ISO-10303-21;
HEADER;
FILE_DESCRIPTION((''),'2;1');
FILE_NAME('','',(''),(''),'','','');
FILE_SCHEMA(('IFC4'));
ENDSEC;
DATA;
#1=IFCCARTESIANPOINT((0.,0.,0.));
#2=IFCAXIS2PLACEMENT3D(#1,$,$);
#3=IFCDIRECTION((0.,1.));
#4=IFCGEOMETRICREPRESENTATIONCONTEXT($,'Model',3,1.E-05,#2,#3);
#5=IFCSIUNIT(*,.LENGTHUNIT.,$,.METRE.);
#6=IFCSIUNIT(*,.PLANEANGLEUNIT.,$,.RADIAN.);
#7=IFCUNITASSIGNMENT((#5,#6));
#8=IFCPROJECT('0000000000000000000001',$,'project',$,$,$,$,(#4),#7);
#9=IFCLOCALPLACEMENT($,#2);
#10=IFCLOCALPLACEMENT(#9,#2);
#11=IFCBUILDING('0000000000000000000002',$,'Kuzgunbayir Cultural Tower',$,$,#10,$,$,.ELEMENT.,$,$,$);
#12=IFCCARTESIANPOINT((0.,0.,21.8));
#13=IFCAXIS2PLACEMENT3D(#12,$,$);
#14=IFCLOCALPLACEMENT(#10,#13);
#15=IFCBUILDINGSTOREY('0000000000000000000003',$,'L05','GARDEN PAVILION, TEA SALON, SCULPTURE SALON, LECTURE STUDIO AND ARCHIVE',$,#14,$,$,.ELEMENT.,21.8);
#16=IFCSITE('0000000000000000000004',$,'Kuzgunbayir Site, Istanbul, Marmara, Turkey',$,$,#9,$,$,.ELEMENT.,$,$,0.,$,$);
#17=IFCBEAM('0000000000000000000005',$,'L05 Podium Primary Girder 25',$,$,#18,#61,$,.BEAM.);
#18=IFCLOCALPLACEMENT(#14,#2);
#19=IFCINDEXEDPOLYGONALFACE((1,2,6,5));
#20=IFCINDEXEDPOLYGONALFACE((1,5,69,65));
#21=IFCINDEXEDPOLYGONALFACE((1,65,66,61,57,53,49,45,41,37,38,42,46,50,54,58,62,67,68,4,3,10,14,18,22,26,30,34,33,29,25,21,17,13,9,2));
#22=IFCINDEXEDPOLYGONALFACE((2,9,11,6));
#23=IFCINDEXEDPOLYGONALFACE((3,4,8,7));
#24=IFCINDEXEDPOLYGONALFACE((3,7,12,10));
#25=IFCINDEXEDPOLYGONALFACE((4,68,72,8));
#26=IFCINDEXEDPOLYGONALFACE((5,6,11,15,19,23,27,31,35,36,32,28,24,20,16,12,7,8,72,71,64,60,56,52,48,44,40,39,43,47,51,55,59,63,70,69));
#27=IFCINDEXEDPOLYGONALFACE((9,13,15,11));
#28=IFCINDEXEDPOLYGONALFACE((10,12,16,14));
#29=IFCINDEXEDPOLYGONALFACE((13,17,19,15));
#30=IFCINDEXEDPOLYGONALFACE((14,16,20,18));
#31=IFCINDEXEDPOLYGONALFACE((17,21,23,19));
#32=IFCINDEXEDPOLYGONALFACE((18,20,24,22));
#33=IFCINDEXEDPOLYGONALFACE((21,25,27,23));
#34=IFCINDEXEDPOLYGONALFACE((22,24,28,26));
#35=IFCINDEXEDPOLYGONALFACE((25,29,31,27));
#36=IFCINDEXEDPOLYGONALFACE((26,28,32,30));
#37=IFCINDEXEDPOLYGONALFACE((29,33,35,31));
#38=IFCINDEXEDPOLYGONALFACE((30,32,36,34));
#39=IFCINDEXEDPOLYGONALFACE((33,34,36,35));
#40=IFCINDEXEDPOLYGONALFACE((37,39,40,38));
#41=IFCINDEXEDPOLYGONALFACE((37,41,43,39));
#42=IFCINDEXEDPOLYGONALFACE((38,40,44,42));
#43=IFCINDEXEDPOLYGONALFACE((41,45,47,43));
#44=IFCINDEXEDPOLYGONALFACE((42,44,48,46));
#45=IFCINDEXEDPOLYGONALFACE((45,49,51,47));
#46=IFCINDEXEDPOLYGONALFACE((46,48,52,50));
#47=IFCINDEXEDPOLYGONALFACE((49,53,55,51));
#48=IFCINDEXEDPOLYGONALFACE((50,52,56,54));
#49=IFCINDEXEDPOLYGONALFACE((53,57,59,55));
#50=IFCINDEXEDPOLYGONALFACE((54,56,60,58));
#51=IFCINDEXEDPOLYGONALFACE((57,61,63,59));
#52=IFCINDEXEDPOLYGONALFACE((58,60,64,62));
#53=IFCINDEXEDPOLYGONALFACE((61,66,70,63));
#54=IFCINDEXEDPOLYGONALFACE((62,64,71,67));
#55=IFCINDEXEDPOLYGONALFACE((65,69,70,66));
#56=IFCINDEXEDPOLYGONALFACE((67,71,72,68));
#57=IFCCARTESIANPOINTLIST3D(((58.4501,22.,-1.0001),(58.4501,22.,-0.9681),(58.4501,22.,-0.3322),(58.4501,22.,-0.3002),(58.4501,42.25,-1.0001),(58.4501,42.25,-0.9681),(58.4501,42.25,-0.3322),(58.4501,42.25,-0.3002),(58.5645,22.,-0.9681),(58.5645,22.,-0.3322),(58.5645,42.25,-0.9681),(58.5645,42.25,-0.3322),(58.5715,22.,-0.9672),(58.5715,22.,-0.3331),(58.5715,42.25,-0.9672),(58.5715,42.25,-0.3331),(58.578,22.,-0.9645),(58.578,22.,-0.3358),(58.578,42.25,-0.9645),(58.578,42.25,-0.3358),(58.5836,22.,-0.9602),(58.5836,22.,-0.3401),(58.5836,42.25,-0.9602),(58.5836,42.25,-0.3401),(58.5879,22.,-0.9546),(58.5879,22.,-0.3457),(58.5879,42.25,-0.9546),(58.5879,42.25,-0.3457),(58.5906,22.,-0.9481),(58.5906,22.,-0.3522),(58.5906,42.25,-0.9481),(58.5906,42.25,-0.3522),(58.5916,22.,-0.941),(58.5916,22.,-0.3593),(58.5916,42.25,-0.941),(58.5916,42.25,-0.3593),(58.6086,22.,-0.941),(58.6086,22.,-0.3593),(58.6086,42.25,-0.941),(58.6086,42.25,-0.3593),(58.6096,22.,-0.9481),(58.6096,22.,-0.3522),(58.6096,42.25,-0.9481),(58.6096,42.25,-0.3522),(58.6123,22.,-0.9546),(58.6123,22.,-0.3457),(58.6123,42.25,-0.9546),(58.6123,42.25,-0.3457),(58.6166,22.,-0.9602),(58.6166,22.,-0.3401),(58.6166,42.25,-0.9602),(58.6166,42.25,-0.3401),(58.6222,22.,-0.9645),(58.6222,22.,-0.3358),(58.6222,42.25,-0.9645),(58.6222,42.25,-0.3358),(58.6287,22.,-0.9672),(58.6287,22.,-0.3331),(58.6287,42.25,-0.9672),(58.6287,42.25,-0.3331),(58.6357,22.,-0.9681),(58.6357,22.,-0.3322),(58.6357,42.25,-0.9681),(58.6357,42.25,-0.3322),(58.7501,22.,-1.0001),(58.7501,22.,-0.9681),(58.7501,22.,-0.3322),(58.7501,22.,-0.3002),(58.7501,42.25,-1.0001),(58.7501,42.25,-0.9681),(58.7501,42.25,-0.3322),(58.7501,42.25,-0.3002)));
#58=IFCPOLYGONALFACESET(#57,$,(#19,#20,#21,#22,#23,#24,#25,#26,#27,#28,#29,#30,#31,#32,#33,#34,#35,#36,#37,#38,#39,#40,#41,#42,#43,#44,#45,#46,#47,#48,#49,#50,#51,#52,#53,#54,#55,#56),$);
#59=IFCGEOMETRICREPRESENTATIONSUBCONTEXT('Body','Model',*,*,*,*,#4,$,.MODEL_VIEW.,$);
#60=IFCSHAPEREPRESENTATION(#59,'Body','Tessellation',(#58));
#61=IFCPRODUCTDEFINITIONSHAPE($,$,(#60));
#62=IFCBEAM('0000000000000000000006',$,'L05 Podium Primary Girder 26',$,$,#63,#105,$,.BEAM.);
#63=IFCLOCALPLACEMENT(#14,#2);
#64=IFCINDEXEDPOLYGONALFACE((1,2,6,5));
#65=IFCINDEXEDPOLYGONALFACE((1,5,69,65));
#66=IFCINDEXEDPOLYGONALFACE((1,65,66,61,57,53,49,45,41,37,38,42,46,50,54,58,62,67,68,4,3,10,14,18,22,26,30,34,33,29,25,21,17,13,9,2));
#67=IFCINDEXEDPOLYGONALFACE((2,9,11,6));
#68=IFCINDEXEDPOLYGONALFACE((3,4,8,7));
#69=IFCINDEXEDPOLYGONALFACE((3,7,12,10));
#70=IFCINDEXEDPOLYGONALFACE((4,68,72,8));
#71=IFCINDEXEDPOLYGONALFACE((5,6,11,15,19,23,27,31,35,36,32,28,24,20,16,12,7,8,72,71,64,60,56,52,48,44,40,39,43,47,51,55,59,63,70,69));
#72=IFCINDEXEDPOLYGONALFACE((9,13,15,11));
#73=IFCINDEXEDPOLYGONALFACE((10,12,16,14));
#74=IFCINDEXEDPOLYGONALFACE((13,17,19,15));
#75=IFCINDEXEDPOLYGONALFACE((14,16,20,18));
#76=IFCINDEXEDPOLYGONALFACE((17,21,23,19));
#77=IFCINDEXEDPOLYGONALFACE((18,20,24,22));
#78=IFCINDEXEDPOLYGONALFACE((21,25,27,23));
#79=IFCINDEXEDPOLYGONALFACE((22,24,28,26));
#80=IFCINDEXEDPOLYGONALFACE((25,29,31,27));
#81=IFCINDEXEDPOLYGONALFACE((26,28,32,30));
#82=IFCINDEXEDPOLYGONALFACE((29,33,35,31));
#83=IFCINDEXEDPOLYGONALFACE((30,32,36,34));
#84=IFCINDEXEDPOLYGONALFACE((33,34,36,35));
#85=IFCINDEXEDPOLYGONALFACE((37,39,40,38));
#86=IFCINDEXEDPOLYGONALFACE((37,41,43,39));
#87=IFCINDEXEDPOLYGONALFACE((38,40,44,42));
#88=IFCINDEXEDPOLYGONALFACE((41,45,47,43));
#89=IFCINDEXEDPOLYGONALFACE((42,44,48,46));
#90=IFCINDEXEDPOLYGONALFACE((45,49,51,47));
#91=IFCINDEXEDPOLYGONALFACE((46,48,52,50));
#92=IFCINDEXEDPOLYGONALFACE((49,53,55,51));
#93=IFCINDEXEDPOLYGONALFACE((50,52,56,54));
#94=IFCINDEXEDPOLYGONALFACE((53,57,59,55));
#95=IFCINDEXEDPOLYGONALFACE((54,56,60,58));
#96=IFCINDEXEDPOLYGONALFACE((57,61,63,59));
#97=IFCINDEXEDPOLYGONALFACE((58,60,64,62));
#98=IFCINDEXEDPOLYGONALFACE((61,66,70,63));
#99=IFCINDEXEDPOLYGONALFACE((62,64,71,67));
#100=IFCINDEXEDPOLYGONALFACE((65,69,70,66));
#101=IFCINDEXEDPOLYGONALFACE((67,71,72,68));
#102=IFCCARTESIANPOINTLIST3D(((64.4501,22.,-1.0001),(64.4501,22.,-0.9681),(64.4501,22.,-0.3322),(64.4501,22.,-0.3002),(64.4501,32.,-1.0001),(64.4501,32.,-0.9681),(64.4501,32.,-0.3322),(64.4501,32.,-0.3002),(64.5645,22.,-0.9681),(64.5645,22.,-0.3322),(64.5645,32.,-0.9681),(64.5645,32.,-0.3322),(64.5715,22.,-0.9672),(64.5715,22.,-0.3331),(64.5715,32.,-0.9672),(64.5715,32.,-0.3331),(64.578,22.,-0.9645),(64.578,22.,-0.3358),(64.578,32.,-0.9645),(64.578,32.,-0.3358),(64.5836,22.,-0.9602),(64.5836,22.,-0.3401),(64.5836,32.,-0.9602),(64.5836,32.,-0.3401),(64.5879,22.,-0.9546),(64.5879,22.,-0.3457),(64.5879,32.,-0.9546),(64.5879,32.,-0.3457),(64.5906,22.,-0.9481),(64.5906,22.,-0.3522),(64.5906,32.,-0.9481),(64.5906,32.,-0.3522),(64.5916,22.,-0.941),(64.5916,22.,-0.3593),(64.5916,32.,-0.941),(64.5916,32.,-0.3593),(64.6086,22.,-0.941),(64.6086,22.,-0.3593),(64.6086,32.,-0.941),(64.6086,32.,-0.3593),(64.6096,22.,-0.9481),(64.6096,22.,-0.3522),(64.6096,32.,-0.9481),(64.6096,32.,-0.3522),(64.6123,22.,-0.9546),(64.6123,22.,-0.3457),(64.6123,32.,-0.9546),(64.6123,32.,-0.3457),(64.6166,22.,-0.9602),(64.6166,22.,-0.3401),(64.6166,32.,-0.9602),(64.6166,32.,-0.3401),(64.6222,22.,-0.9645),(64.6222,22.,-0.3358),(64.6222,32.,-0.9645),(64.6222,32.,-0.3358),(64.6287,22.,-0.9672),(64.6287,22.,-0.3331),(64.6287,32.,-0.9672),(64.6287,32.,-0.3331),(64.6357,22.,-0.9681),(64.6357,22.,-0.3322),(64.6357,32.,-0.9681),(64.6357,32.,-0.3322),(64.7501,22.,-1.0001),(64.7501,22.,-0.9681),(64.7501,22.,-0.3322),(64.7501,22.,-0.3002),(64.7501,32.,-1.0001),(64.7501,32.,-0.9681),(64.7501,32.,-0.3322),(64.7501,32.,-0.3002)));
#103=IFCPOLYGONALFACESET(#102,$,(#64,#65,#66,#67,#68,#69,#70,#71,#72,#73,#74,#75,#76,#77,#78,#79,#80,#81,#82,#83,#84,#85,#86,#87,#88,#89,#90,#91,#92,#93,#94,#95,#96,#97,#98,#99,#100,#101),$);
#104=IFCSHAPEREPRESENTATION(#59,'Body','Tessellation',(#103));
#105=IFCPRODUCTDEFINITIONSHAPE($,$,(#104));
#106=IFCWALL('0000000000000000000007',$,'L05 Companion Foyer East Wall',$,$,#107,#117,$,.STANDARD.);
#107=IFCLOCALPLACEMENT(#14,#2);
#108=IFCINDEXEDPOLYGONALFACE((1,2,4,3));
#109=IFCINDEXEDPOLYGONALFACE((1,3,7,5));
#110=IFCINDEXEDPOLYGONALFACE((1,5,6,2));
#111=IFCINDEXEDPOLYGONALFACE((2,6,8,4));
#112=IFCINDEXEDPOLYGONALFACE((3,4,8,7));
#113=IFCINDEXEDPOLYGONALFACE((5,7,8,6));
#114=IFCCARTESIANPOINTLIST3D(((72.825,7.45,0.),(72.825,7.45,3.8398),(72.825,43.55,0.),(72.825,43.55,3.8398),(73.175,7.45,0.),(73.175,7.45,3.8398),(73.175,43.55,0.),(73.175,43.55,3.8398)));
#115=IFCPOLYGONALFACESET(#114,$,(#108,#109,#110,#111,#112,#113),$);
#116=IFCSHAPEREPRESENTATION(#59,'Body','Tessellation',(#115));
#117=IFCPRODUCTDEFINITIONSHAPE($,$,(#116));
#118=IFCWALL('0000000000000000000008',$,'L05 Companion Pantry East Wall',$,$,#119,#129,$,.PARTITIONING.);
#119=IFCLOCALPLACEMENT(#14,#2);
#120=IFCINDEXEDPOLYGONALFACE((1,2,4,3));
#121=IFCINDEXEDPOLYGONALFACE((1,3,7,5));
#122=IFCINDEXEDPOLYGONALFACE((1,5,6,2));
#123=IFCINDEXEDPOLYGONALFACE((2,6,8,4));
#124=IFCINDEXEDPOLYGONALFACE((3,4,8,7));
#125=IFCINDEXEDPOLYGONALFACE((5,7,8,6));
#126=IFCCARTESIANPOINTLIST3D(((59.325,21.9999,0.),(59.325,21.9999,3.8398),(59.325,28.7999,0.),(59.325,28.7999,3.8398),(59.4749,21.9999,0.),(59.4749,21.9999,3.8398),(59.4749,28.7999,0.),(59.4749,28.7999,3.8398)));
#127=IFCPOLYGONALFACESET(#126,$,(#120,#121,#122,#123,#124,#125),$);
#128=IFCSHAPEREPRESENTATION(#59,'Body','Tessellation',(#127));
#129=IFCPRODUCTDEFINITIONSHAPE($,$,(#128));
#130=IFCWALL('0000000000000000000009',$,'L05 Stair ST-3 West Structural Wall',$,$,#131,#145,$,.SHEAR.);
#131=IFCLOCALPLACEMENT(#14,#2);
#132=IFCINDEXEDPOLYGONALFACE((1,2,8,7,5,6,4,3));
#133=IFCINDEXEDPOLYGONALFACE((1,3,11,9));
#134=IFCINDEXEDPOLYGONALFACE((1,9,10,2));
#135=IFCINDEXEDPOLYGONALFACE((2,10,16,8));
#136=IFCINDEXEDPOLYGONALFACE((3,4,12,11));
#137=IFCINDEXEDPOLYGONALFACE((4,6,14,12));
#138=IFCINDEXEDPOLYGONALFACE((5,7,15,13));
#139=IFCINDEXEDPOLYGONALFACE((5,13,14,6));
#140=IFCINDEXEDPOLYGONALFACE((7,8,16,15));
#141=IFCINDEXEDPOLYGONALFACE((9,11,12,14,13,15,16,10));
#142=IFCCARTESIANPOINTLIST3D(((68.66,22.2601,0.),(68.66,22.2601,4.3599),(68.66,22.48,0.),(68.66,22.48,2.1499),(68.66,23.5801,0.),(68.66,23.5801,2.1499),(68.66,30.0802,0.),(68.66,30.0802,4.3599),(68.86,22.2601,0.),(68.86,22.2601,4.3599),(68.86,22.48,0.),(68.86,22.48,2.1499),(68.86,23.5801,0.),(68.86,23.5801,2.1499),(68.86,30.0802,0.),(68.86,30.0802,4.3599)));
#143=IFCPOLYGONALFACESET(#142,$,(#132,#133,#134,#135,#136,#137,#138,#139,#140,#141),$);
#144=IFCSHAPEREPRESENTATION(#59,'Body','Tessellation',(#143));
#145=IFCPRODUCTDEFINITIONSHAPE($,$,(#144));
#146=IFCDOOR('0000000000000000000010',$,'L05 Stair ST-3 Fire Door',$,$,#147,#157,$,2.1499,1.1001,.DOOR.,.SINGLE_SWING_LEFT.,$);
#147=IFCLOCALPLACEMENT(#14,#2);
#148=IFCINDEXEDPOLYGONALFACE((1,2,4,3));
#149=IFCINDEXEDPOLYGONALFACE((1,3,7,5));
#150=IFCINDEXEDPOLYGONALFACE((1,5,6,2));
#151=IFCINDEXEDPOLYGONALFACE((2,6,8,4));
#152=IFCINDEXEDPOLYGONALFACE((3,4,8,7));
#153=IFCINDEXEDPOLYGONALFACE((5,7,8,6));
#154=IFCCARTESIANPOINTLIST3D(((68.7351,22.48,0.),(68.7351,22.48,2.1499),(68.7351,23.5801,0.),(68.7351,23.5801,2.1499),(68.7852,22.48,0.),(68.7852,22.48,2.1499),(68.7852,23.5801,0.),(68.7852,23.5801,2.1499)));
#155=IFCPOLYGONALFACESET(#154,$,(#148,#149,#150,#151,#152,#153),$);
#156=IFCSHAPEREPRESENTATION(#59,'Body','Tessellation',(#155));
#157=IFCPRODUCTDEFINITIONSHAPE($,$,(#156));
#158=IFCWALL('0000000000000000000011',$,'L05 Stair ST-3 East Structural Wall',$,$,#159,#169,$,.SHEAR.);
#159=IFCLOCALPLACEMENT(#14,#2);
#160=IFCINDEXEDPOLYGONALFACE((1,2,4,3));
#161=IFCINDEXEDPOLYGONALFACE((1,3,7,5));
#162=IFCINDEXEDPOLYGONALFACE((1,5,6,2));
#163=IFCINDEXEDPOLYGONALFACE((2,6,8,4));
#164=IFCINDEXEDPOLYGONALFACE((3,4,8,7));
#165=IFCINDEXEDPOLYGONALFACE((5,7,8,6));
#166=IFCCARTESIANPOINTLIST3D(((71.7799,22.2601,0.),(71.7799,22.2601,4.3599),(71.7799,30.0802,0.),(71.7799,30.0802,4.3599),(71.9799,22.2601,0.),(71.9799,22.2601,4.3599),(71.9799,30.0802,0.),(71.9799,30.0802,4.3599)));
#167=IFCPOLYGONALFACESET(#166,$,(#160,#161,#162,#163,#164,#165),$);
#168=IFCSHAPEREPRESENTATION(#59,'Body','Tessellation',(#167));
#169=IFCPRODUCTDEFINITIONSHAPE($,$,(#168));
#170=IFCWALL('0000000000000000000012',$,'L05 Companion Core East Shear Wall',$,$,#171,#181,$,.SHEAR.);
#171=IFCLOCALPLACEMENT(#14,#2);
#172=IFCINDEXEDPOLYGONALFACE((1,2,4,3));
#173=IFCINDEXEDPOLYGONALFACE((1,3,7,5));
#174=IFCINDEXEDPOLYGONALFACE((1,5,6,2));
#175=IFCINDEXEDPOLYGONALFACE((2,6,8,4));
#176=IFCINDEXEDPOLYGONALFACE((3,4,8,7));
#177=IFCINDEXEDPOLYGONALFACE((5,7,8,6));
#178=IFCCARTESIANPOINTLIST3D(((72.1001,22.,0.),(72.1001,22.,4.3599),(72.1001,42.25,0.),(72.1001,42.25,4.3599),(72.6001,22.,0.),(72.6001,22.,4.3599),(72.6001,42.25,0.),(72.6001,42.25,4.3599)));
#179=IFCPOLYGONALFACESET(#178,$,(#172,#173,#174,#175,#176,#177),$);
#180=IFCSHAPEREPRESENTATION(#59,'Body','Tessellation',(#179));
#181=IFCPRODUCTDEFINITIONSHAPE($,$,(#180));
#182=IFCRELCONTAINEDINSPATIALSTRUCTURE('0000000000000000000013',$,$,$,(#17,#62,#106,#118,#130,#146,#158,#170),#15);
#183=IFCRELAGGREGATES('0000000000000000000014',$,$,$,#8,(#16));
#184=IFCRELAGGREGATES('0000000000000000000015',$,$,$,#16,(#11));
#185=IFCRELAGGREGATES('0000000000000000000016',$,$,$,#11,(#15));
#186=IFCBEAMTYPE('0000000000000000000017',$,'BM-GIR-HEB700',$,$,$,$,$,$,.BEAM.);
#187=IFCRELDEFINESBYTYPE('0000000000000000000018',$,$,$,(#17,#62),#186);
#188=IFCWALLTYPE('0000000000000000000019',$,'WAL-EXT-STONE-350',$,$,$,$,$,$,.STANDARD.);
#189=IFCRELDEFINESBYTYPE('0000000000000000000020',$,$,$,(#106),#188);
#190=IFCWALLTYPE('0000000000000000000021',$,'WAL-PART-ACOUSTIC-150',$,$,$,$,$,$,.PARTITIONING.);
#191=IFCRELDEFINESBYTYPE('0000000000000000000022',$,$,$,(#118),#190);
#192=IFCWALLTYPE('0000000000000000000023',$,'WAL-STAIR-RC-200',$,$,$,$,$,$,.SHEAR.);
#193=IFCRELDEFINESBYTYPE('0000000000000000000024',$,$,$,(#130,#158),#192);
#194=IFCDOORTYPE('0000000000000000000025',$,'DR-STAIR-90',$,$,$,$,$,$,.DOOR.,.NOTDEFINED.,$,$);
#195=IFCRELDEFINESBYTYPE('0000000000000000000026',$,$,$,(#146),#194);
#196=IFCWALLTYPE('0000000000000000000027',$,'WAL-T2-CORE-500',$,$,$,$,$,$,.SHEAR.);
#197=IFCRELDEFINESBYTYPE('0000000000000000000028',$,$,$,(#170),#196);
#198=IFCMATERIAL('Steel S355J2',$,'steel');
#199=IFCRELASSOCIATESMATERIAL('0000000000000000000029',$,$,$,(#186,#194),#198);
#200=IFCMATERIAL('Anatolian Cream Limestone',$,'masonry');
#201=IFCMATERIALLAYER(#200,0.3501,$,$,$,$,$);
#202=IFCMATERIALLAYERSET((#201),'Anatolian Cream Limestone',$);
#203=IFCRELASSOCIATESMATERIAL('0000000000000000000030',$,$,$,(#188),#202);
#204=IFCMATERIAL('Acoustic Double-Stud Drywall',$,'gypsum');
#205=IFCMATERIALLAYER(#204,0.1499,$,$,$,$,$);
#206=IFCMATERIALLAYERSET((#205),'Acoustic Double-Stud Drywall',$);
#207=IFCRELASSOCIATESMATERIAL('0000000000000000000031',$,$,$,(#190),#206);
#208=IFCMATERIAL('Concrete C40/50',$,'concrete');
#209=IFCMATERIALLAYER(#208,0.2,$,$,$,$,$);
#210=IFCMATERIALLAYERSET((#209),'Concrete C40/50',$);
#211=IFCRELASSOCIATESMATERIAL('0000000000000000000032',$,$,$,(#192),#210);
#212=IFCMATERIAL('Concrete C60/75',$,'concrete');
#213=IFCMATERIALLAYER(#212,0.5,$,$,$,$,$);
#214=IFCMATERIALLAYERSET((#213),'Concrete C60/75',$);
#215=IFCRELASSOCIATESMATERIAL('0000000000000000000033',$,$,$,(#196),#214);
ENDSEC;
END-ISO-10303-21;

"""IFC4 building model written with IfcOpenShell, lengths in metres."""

from ifc_helpers import new_model, si_unit, direction, frame, frame_2d, origin, origin_2d, place, context, subcontext, project, spatial, rectangle, i_section, extrude, material, layer, layer_set, material_profile, profile_set, type_object, element, fill, save


model = new_model("IFC4")

# Units and contexts
model_context = context("Model", 3, precision=1e-05, world=origin(), true_north=direction((0.0, 1.0)))
body_context = subcontext(model_context, "Body", "Model", "MODEL_VIEW")
ifc_project = project(units=[si_unit("LENGTHUNIT", "METRE"), si_unit("PLANEANGLEUNIT", "RADIAN")], contexts=[model_context])

# Site, building, storey
site_placement = place(None, origin())
site = spatial("IfcSite", under=ifc_project, at=site_placement, Name="Kuzgunbayir Site, Istanbul, Marmara, Turkey", CompositionType="ELEMENT", RefElevation=0.0)
building_placement = place(site_placement, origin())
building = spatial("IfcBuilding", under=site, at=building_placement, Name="Kuzgunbayir Cultural Tower", CompositionType="ELEMENT")
storey_placement = place(building_placement, frame((0.0, 0.0, 21.8)))
storey = spatial("IfcBuildingStorey", under=building, at=storey_placement, Name="L05", Description="GARDEN PAVILION, TEA SALON, SCULPTURE SALON, LECTURE STUDIO AND ARCHIVE", CompositionType="ELEMENT", Elevation=21.8)

# Shared definitions
ifc_material_1 = material(Name="Concrete C60/75", Category="concrete")

# Beams
ifc_material_2 = material(Name="Steel S355J2", Category="steel")
ifc_material_profile_1 = material_profile(ifc_material_2, i_section(OverallWidth=0.3, OverallDepth=0.7, WebThickness=0.0171, FlangeThickness=0.032, FilletRadius=0.0271, at=origin_2d()), Name="HEB 700")
ifc_profile_set_1 = profile_set([ifc_material_profile_1], Name="Steel S355J2")
beam_type = type_object("IfcBeamType", Name="BM-GIR-HEB700", PredefinedType="BEAM", material=ifc_profile_set_1)
beam_1_placement = place(storey_placement, frame((58.6001, 22.0, -0.6501), z_axis=(0.0, 1.0, 0.0), x_axis=(-1.0, 0.0, 0.0)))
element("IfcBeam", 1, at=beam_1_placement, inside=storey, type_object=beam_type, Name="L05 Podium Primary Girder 25", PredefinedType="BEAM", context=body_context, shape_type="SweptSolid", body=[
    extrude(i_section(OverallWidth=0.3, OverallDepth=0.7, WebThickness=0.0171, FlangeThickness=0.032, FilletRadius=0.0271, at=origin_2d()), origin(), (0.0, 0.0, 1.0), 20.25),
])
beam_2_placement = place(storey_placement, frame((64.6001, 22.0, -0.6501), z_axis=(0.0, 1.0, 0.0), x_axis=(-1.0, 0.0, 0.0)))
element("IfcBeam", 2, at=beam_2_placement, inside=storey, type_object=beam_type, Name="L05 Podium Primary Girder 26", PredefinedType="BEAM", context=body_context, shape_type="SweptSolid", body=[
    extrude(i_section(OverallWidth=0.3, OverallDepth=0.7, WebThickness=0.0171, FlangeThickness=0.032, FilletRadius=0.0271, at=origin_2d()), origin(), (0.0, 0.0, 1.0), 10.0),
])

# Walls
ifc_material_3 = material(Name="Anatolian Cream Limestone", Category="masonry")
ifc_layer_1 = layer(ifc_material_3, 0.3501)
ifc_layer_set_1 = layer_set([ifc_layer_1], Name="Anatolian Cream Limestone")
wall_type_1 = type_object("IfcWallType", Name="WAL-EXT-STONE-350", PredefinedType="STANDARD", material=ifc_layer_set_1)
wall_1_placement = place(storey_placement, frame((73.0, 7.45, 0.0), z_axis=(0.0, 0.0, 1.0), x_axis=(0.0, 1.0, 0.0)))
element("IfcWall", 3, at=wall_1_placement, inside=storey, type_object=wall_type_1, Name="L05 Companion Foyer East Wall", PredefinedType="STANDARD", context=body_context, shape_type="SweptSolid", body=[
    extrude(rectangle(XDim=36.1001, YDim=0.3501, at=frame_2d((18.05, 0.0))), origin(), (0.0, 0.0, 1.0), 3.8398),
])
ifc_material_4 = material(Name="Acoustic Double-Stud Drywall", Category="gypsum")
ifc_layer_2 = layer(ifc_material_4, 0.1499)
ifc_layer_set_2 = layer_set([ifc_layer_2], Name="Acoustic Double-Stud Drywall")
wall_type_2 = type_object("IfcWallType", Name="WAL-PART-ACOUSTIC-150", PredefinedType="PARTITIONING", material=ifc_layer_set_2)
wall_2_placement = place(storey_placement, frame((59.3999, 22.0, 0.0), z_axis=(0.0, 0.0, 1.0), x_axis=(0.0, 1.0, 0.0)))
element("IfcWall", 4, at=wall_2_placement, inside=storey, type_object=wall_type_2, Name="L05 Companion Pantry East Wall", PredefinedType="PARTITIONING", context=body_context, shape_type="SweptSolid", body=[
    extrude(rectangle(XDim=6.8, YDim=0.1499, at=frame_2d((3.3999, 0.0))), origin(), (0.0, 0.0, 1.0), 3.8398),
])

# Wall, opening, door
ifc_material_5 = material(Name="Concrete C40/50", Category="concrete")
ifc_layer_3 = layer(ifc_material_5, 0.2)
ifc_layer_set_3 = layer_set([ifc_layer_3], Name="Concrete C40/50")
wall_type_3 = type_object("IfcWallType", Name="WAL-STAIR-RC-200", PredefinedType="SHEAR", material=ifc_layer_set_3)
wall_3_placement = place(storey_placement, frame((68.76, 22.26, 0.0), z_axis=(0.0, 0.0, 1.0), x_axis=(0.0, 1.0, 0.0)))
wall_3 = element("IfcWall", 5, at=wall_3_placement, inside=storey, type_object=wall_type_3, Name="L05 Stair ST-3 West Structural Wall", PredefinedType="SHEAR", context=body_context, shape_type="SweptSolid", body=[
    extrude(rectangle(XDim=7.8201, YDim=0.2, at=frame_2d((3.9102, 0.0))), origin(), (0.0, 0.0, 1.0), 4.3599),
])
opening_placement = place(wall_3_placement, frame((0.22, 0.0, 0.0)))
opening = element("IfcOpeningElement", 6, at=opening_placement, cuts=wall_3, PredefinedType="OPENING", context=body_context, shape_type="SweptSolid", body=[
    extrude(rectangle(XDim=1.1001, YDim=2.1499, at=frame_2d((0.55, 1.075))), frame((0.0, 0.1099, 0.0), z_axis=(0.0, -1.0, 0.0), x_axis=(1.0, 0.0, 0.0)), (0.0, 0.0, 1.0), 0.22),
])
door_type = type_object("IfcDoorType", Name="DR-STAIR-90", OperationType="NOTDEFINED", PredefinedType="DOOR", material=ifc_material_2)
door_placement = place(opening_placement, origin())
door = element("IfcDoor", 7, at=door_placement, inside=storey, type_object=door_type, Name="L05 Stair ST-3 Fire Door", OperationType="SINGLE_SWING_LEFT", OverallHeight=2.1499, OverallWidth=1.1001, PredefinedType="DOOR", context=body_context, shape_type="SweptSolid", body=[
    extrude(rectangle(XDim=1.1001, YDim=2.1499, at=frame_2d((0.55, 1.075))), frame((0.0, 0.0249, 0.0), z_axis=(0.0, -1.0, 0.0), x_axis=(1.0, 0.0, 0.0)), (0.0, 0.0, 1.0), 0.05),
])
fill(opening, door)

# Walls
wall_4_placement = place(storey_placement, frame((71.8799, 22.26, 0.0), z_axis=(0.0, 0.0, 1.0), x_axis=(0.0, 1.0, 0.0)))
element("IfcWall", 8, at=wall_4_placement, inside=storey, type_object=wall_type_3, Name="L05 Stair ST-3 East Structural Wall", PredefinedType="SHEAR", context=body_context, shape_type="SweptSolid", body=[
    extrude(rectangle(XDim=7.8201, YDim=0.2, at=frame_2d((3.9102, 0.0))), origin(), (0.0, 0.0, 1.0), 4.3599),
])
ifc_layer_4 = layer(ifc_material_1, 0.5)
ifc_layer_set_4 = layer_set([ifc_layer_4], Name="Concrete C60/75")
wall_type_4 = type_object("IfcWallType", Name="WAL-T2-CORE-500", PredefinedType="SHEAR", material=ifc_layer_set_4)
wall_5_placement = place(storey_placement, frame((72.3501, 22.0, 0.0), z_axis=(0.0, 0.0, 1.0), x_axis=(0.0, 1.0, 0.0)))
element("IfcWall", 9, at=wall_5_placement, inside=storey, type_object=wall_type_4, Name="L05 Companion Core East Shear Wall", PredefinedType="SHEAR", context=body_context, shape_type="SweptSolid", body=[
    extrude(rectangle(XDim=20.25, YDim=0.5, at=frame_2d((10.125, 0.0))), origin(), (0.0, 0.0, 1.0), 4.3599),
])

save(model, "model.ifc")
